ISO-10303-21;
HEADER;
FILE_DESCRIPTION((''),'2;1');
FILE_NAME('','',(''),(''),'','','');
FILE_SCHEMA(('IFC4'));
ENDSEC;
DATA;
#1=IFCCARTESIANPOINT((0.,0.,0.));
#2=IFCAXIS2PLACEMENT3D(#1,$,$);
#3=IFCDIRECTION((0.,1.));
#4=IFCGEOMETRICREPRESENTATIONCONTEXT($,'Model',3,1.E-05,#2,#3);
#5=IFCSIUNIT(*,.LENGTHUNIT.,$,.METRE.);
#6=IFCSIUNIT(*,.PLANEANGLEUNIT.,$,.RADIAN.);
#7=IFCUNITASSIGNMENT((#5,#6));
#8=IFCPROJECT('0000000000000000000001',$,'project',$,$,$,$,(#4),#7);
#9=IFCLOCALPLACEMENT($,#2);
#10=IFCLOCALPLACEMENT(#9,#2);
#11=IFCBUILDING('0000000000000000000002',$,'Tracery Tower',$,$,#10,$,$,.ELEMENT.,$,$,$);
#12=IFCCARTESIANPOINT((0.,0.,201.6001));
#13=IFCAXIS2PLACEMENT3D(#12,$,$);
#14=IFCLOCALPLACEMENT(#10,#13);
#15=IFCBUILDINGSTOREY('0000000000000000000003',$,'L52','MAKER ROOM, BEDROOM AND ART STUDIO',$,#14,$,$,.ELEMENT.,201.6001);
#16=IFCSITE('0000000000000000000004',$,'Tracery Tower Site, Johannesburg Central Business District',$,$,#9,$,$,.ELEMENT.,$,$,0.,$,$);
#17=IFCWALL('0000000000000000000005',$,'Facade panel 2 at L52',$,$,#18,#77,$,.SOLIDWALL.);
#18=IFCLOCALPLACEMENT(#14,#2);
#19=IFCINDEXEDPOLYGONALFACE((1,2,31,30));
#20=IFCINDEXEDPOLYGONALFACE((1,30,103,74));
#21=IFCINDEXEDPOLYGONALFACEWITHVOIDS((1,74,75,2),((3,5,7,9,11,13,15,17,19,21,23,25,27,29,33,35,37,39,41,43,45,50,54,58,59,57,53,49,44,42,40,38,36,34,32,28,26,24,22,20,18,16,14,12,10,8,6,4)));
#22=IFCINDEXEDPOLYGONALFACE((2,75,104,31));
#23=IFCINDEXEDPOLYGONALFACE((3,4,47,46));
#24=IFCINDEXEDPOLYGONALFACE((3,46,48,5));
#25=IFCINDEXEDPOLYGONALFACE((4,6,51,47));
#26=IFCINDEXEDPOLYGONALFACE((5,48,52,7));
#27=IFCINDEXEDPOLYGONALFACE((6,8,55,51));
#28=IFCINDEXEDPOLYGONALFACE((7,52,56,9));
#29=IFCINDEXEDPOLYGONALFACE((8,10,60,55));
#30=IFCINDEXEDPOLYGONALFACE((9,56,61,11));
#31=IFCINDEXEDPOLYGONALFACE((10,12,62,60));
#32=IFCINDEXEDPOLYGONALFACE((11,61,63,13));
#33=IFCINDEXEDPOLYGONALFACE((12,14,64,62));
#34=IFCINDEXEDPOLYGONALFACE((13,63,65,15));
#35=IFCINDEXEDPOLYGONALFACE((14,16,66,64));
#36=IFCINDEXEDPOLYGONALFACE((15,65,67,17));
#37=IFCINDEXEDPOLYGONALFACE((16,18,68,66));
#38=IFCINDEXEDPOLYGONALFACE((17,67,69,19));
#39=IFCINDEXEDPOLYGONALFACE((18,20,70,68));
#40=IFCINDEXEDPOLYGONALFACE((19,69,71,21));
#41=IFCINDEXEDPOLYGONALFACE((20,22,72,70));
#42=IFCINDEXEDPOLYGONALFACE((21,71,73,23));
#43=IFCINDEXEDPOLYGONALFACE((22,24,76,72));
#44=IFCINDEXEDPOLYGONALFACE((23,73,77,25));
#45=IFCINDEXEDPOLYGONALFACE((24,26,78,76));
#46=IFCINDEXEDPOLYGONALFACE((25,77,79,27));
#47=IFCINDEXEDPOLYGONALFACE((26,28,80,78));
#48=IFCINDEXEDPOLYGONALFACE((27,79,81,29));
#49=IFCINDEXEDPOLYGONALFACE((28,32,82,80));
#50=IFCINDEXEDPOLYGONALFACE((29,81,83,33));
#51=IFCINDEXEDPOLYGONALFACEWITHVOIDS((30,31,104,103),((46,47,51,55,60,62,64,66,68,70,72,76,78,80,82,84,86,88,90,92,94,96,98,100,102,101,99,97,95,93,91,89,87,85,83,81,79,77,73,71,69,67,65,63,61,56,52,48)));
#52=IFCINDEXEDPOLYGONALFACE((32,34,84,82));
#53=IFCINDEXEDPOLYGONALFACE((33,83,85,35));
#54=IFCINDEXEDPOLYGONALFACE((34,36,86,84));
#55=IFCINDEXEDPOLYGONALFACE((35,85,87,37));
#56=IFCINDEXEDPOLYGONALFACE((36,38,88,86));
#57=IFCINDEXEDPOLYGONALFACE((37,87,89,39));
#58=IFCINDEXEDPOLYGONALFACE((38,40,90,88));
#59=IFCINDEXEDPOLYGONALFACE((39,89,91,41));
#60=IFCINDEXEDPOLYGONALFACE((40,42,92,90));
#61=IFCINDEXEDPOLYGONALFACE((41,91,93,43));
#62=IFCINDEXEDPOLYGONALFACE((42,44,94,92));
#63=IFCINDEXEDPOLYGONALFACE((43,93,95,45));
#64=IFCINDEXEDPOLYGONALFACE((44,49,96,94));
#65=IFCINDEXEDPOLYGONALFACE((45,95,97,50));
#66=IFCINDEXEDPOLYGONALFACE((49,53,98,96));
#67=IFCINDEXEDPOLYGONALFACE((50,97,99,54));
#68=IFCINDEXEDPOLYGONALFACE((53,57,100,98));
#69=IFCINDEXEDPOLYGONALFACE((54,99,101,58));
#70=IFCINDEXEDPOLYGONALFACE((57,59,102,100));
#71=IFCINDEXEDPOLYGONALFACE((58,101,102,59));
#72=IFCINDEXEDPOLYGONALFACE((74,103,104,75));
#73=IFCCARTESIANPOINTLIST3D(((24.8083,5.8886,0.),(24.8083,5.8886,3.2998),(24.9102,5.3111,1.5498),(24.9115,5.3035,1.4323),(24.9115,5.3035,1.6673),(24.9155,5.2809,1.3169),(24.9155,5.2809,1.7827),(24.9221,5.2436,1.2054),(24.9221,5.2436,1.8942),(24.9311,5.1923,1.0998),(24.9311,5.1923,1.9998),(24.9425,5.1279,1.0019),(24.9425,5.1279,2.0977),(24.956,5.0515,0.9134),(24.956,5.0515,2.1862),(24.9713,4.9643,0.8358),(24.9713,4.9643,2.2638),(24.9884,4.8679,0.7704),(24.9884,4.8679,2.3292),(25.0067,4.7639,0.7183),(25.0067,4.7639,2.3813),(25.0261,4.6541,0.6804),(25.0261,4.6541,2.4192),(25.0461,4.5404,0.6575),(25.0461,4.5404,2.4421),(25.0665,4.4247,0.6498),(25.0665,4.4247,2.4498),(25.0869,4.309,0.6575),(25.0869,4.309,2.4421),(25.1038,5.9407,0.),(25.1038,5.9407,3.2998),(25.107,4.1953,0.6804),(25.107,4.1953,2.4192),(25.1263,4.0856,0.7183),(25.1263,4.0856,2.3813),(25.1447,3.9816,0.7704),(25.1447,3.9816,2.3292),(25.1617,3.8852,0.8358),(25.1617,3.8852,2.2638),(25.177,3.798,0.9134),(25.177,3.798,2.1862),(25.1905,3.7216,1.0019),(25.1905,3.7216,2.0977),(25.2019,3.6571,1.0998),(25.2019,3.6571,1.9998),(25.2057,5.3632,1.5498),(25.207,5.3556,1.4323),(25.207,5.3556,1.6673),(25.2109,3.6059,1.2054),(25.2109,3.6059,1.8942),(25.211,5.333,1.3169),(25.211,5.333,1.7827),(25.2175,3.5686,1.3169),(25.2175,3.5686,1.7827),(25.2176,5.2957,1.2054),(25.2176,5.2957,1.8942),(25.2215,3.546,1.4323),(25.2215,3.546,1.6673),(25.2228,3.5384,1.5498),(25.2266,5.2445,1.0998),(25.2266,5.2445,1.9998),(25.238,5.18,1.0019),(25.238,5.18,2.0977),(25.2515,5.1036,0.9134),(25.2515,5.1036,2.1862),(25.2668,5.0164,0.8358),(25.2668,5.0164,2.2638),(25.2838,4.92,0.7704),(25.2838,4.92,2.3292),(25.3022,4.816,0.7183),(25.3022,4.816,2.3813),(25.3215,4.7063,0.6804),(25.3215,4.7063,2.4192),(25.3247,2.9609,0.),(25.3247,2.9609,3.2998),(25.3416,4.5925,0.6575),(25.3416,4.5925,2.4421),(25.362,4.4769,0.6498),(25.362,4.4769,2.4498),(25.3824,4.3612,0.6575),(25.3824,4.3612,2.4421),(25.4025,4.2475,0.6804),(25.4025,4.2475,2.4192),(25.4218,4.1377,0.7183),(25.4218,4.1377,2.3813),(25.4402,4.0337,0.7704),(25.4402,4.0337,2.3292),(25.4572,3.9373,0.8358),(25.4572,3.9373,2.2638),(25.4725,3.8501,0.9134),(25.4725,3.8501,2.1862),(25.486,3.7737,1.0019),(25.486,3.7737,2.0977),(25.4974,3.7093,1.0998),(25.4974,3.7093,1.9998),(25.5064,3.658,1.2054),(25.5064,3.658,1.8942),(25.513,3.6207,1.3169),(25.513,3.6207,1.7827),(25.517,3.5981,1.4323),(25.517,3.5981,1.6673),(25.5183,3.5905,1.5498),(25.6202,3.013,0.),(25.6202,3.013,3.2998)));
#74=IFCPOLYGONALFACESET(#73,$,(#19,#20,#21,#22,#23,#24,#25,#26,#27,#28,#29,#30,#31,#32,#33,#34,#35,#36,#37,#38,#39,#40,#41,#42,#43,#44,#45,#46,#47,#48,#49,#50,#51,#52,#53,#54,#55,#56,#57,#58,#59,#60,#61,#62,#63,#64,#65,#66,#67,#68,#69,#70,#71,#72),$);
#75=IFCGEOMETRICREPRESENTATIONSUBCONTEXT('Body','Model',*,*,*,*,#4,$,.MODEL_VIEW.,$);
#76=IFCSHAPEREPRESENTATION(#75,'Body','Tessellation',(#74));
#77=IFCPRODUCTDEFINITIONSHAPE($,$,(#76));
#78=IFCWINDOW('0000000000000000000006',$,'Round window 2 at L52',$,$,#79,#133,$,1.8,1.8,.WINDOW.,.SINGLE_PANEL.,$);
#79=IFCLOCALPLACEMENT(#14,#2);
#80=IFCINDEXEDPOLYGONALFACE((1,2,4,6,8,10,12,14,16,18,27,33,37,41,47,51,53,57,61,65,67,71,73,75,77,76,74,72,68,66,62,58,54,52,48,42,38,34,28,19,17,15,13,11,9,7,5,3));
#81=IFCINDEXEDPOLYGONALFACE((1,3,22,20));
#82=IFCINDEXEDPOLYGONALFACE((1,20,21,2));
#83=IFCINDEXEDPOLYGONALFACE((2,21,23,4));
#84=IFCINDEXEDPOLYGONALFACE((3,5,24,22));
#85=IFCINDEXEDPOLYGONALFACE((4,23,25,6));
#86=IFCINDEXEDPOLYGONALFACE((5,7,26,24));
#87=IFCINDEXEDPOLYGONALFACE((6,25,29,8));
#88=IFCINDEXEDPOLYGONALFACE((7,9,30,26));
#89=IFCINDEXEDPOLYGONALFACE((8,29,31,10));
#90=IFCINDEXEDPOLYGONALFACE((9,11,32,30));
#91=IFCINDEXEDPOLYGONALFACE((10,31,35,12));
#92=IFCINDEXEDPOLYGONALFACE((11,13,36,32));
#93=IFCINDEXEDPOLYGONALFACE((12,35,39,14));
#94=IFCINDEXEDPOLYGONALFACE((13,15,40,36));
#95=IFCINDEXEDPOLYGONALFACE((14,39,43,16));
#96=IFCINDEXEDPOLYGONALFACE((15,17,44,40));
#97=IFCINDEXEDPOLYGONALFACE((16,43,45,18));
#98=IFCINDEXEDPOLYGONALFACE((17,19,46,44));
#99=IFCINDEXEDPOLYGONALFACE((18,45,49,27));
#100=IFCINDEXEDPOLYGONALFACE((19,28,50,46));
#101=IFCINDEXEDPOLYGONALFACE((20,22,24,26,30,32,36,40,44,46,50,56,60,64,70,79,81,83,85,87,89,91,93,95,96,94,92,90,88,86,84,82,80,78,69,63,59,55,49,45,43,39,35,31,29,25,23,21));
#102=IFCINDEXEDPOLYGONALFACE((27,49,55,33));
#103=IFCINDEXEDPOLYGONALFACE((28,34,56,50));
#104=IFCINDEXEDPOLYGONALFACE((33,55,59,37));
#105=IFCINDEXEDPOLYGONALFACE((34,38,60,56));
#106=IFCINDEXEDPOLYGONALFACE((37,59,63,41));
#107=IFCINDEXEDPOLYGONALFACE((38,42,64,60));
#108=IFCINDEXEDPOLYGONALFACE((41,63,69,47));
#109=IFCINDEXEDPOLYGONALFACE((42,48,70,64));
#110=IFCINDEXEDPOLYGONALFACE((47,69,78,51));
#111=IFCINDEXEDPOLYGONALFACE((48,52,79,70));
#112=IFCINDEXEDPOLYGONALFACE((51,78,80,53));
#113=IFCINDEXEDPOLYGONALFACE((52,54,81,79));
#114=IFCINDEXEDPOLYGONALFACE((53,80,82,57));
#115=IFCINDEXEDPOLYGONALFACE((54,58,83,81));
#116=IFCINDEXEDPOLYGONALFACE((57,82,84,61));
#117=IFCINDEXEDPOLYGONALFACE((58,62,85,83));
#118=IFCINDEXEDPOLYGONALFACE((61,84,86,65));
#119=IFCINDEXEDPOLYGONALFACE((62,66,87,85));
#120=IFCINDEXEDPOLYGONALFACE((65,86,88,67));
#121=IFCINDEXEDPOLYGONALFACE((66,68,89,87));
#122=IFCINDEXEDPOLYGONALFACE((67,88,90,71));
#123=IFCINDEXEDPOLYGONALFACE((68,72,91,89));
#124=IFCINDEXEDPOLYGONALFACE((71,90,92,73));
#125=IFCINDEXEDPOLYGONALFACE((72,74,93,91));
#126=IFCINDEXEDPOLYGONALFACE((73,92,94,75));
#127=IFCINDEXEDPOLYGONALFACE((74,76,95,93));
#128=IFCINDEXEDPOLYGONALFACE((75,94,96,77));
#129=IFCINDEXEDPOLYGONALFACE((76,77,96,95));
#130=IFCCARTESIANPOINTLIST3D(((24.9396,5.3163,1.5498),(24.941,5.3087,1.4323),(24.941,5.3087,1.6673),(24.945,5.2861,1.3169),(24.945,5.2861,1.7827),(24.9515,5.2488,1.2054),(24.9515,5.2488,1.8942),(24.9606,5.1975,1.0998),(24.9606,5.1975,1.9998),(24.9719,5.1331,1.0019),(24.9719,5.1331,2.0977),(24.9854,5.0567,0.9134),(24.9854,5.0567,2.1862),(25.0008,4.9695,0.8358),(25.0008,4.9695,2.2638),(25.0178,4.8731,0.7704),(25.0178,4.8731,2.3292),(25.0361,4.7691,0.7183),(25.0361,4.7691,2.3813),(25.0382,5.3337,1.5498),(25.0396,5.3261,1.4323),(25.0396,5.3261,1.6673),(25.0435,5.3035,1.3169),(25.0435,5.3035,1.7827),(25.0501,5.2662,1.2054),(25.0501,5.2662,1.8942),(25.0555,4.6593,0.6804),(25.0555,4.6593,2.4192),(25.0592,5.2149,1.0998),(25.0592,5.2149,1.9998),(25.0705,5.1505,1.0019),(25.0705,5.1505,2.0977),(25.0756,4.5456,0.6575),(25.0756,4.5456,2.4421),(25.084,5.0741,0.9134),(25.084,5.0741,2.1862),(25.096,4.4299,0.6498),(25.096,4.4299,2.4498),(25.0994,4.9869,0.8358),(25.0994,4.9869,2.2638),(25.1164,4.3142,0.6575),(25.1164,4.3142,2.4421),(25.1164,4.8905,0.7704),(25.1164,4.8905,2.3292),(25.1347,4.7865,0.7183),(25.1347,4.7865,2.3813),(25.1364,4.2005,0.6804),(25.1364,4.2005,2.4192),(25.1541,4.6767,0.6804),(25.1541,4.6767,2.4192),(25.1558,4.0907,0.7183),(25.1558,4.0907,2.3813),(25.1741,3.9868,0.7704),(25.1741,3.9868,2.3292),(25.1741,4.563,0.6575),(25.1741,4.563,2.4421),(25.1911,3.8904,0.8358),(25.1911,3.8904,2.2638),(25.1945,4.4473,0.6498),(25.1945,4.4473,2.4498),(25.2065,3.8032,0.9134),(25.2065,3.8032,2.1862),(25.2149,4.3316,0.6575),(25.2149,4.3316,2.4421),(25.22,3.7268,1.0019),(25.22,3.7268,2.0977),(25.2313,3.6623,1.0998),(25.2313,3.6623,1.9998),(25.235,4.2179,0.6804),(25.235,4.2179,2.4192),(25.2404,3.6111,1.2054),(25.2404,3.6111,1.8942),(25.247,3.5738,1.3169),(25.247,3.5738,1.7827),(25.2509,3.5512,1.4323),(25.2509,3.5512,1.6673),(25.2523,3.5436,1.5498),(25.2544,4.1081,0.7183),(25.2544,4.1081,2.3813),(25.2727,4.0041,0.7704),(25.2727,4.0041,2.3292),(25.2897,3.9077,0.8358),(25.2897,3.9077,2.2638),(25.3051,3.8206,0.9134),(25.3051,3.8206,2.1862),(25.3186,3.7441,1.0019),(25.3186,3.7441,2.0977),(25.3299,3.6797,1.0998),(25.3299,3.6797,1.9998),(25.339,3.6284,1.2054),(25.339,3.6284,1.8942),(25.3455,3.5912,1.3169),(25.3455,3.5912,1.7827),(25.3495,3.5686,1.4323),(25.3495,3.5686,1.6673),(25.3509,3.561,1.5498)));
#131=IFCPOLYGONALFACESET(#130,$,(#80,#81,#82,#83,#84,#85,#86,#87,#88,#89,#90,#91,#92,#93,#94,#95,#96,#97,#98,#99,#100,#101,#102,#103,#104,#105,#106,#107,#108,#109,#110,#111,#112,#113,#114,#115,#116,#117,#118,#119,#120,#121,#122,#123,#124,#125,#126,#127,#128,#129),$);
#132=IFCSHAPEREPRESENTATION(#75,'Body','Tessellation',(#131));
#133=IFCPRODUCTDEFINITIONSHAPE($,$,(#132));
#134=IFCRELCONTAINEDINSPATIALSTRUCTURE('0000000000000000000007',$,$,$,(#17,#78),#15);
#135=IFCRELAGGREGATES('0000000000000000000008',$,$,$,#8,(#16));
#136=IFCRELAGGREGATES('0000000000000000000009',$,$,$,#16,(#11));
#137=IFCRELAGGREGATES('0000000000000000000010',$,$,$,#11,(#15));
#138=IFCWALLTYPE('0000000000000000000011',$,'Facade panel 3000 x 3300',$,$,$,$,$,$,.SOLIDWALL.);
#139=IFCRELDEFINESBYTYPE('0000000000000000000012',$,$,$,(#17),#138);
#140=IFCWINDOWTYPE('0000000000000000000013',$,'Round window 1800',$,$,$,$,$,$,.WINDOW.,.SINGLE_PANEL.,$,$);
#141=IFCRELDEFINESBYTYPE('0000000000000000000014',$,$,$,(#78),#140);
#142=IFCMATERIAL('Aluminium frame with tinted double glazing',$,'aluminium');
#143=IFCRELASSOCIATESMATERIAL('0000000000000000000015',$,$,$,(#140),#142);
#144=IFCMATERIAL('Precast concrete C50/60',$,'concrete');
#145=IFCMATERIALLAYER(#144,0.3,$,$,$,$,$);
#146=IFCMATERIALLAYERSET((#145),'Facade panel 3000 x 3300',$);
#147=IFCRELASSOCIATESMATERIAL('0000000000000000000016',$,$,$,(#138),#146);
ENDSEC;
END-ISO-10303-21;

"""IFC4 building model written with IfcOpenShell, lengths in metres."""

from ifc_helpers import new_model, si_unit, direction, frame, frame_2d, origin, origin_2d, place, context, subcontext, project, spatial, rectangle, circle, extrude, material, layer, layer_set, type_object, element, fill, save


model = new_model("IFC4")

# Units and contexts
model_context = context("Model", 3, precision=1e-05, world=origin(), true_north=direction((0.0, 1.0)))
body_context = subcontext(model_context, "Body", "Model", "MODEL_VIEW")
ifc_project = project(units=[si_unit("LENGTHUNIT", "METRE"), si_unit("PLANEANGLEUNIT", "RADIAN")], contexts=[model_context])

# Site, building, storey
site_placement = place(None, origin())
site = spatial("IfcSite", under=ifc_project, at=site_placement, Name="Tracery Tower Site, Johannesburg Central Business District", CompositionType="ELEMENT", RefElevation=0.0)
building_placement = place(site_placement, origin())
building = spatial("IfcBuilding", under=site, at=building_placement, Name="Tracery Tower", CompositionType="ELEMENT")
storey_placement = place(building_placement, frame((0.0, 0.0, 201.6001)))
storey = spatial("IfcBuildingStorey", under=building, at=storey_placement, Name="L52", Description="MAKER ROOM, BEDROOM AND ART STUDIO", CompositionType="ELEMENT", Elevation=201.6001)

# Wall, opening, window
ifc_material_1 = material(Name="Aluminium frame with tinted double glazing", Category="aluminium")
window_type = type_object("IfcWindowType", Name="Round window 1800", PartitioningType="SINGLE_PANEL", PredefinedType="WINDOW", material=ifc_material_1)
ifc_material_2 = material(Name="Precast concrete C50/60", Category="concrete")
ifc_layer_1 = layer(ifc_material_2, 0.3)
ifc_layer_set_1 = layer_set([ifc_layer_1], Name="Facade panel 3000 x 3300")
wall_type_1 = type_object("IfcWallType", Name="Facade panel 3000 x 3300", PredefinedType="SOLIDWALL", material=ifc_layer_set_1)
wall_1_placement = place(storey_placement, frame((25.4724, 2.9871, 0.0), z_axis=(0.0, 0.0, 1.0), x_axis=(-0.173687, 0.984801, 0.0)))
wall_1 = element("IfcWall", 1, at=wall_1_placement, inside=storey, type_object=wall_type_1, Name="Facade panel 2 at L52", PredefinedType="SOLIDWALL", context=body_context, shape_type="SweptSolid", body=[
    extrude(rectangle(XDim=2.9729, YDim=0.3, at=frame_2d((1.4863, 0.0))), origin(), (0.0, 0.0, 1.0), 3.2998),
])
opening_1_placement = place(wall_1_placement, frame((1.4863, 0.0, 1.5498)))
opening_1 = element("IfcOpeningElement", 2, at=opening_1_placement, cuts=wall_1, PredefinedType="OPENING", context=body_context, shape_type="SweptSolid", body=[
    extrude(circle(Radius=0.9, at=origin_2d()), frame((0.0, 0.1599, 0.0), z_axis=(0.0, -1.0, 0.0), x_axis=(1.0, 0.0, 0.0)), (0.0, 0.0, 1.0), 0.3201),
])
window_1_placement = place(opening_1_placement, origin())
window_1 = element("IfcWindow", 3, at=window_1_placement, inside=storey, type_object=window_type, Name="Round window 2 at L52", OverallHeight=1.8, OverallWidth=1.8, PartitioningType="SINGLE_PANEL", PredefinedType="WINDOW", context=body_context, shape_type="SweptSolid", body=[
    extrude(circle(Radius=0.9, at=origin_2d()), frame((0.0, 0.1201, 0.0), z_axis=(0.0, -1.0, 0.0), x_axis=(1.0, 0.0, 0.0)), (0.0, 0.0, 1.0), 0.1001),
])
fill(opening_1, window_1)

save(model, "model.ifc")
